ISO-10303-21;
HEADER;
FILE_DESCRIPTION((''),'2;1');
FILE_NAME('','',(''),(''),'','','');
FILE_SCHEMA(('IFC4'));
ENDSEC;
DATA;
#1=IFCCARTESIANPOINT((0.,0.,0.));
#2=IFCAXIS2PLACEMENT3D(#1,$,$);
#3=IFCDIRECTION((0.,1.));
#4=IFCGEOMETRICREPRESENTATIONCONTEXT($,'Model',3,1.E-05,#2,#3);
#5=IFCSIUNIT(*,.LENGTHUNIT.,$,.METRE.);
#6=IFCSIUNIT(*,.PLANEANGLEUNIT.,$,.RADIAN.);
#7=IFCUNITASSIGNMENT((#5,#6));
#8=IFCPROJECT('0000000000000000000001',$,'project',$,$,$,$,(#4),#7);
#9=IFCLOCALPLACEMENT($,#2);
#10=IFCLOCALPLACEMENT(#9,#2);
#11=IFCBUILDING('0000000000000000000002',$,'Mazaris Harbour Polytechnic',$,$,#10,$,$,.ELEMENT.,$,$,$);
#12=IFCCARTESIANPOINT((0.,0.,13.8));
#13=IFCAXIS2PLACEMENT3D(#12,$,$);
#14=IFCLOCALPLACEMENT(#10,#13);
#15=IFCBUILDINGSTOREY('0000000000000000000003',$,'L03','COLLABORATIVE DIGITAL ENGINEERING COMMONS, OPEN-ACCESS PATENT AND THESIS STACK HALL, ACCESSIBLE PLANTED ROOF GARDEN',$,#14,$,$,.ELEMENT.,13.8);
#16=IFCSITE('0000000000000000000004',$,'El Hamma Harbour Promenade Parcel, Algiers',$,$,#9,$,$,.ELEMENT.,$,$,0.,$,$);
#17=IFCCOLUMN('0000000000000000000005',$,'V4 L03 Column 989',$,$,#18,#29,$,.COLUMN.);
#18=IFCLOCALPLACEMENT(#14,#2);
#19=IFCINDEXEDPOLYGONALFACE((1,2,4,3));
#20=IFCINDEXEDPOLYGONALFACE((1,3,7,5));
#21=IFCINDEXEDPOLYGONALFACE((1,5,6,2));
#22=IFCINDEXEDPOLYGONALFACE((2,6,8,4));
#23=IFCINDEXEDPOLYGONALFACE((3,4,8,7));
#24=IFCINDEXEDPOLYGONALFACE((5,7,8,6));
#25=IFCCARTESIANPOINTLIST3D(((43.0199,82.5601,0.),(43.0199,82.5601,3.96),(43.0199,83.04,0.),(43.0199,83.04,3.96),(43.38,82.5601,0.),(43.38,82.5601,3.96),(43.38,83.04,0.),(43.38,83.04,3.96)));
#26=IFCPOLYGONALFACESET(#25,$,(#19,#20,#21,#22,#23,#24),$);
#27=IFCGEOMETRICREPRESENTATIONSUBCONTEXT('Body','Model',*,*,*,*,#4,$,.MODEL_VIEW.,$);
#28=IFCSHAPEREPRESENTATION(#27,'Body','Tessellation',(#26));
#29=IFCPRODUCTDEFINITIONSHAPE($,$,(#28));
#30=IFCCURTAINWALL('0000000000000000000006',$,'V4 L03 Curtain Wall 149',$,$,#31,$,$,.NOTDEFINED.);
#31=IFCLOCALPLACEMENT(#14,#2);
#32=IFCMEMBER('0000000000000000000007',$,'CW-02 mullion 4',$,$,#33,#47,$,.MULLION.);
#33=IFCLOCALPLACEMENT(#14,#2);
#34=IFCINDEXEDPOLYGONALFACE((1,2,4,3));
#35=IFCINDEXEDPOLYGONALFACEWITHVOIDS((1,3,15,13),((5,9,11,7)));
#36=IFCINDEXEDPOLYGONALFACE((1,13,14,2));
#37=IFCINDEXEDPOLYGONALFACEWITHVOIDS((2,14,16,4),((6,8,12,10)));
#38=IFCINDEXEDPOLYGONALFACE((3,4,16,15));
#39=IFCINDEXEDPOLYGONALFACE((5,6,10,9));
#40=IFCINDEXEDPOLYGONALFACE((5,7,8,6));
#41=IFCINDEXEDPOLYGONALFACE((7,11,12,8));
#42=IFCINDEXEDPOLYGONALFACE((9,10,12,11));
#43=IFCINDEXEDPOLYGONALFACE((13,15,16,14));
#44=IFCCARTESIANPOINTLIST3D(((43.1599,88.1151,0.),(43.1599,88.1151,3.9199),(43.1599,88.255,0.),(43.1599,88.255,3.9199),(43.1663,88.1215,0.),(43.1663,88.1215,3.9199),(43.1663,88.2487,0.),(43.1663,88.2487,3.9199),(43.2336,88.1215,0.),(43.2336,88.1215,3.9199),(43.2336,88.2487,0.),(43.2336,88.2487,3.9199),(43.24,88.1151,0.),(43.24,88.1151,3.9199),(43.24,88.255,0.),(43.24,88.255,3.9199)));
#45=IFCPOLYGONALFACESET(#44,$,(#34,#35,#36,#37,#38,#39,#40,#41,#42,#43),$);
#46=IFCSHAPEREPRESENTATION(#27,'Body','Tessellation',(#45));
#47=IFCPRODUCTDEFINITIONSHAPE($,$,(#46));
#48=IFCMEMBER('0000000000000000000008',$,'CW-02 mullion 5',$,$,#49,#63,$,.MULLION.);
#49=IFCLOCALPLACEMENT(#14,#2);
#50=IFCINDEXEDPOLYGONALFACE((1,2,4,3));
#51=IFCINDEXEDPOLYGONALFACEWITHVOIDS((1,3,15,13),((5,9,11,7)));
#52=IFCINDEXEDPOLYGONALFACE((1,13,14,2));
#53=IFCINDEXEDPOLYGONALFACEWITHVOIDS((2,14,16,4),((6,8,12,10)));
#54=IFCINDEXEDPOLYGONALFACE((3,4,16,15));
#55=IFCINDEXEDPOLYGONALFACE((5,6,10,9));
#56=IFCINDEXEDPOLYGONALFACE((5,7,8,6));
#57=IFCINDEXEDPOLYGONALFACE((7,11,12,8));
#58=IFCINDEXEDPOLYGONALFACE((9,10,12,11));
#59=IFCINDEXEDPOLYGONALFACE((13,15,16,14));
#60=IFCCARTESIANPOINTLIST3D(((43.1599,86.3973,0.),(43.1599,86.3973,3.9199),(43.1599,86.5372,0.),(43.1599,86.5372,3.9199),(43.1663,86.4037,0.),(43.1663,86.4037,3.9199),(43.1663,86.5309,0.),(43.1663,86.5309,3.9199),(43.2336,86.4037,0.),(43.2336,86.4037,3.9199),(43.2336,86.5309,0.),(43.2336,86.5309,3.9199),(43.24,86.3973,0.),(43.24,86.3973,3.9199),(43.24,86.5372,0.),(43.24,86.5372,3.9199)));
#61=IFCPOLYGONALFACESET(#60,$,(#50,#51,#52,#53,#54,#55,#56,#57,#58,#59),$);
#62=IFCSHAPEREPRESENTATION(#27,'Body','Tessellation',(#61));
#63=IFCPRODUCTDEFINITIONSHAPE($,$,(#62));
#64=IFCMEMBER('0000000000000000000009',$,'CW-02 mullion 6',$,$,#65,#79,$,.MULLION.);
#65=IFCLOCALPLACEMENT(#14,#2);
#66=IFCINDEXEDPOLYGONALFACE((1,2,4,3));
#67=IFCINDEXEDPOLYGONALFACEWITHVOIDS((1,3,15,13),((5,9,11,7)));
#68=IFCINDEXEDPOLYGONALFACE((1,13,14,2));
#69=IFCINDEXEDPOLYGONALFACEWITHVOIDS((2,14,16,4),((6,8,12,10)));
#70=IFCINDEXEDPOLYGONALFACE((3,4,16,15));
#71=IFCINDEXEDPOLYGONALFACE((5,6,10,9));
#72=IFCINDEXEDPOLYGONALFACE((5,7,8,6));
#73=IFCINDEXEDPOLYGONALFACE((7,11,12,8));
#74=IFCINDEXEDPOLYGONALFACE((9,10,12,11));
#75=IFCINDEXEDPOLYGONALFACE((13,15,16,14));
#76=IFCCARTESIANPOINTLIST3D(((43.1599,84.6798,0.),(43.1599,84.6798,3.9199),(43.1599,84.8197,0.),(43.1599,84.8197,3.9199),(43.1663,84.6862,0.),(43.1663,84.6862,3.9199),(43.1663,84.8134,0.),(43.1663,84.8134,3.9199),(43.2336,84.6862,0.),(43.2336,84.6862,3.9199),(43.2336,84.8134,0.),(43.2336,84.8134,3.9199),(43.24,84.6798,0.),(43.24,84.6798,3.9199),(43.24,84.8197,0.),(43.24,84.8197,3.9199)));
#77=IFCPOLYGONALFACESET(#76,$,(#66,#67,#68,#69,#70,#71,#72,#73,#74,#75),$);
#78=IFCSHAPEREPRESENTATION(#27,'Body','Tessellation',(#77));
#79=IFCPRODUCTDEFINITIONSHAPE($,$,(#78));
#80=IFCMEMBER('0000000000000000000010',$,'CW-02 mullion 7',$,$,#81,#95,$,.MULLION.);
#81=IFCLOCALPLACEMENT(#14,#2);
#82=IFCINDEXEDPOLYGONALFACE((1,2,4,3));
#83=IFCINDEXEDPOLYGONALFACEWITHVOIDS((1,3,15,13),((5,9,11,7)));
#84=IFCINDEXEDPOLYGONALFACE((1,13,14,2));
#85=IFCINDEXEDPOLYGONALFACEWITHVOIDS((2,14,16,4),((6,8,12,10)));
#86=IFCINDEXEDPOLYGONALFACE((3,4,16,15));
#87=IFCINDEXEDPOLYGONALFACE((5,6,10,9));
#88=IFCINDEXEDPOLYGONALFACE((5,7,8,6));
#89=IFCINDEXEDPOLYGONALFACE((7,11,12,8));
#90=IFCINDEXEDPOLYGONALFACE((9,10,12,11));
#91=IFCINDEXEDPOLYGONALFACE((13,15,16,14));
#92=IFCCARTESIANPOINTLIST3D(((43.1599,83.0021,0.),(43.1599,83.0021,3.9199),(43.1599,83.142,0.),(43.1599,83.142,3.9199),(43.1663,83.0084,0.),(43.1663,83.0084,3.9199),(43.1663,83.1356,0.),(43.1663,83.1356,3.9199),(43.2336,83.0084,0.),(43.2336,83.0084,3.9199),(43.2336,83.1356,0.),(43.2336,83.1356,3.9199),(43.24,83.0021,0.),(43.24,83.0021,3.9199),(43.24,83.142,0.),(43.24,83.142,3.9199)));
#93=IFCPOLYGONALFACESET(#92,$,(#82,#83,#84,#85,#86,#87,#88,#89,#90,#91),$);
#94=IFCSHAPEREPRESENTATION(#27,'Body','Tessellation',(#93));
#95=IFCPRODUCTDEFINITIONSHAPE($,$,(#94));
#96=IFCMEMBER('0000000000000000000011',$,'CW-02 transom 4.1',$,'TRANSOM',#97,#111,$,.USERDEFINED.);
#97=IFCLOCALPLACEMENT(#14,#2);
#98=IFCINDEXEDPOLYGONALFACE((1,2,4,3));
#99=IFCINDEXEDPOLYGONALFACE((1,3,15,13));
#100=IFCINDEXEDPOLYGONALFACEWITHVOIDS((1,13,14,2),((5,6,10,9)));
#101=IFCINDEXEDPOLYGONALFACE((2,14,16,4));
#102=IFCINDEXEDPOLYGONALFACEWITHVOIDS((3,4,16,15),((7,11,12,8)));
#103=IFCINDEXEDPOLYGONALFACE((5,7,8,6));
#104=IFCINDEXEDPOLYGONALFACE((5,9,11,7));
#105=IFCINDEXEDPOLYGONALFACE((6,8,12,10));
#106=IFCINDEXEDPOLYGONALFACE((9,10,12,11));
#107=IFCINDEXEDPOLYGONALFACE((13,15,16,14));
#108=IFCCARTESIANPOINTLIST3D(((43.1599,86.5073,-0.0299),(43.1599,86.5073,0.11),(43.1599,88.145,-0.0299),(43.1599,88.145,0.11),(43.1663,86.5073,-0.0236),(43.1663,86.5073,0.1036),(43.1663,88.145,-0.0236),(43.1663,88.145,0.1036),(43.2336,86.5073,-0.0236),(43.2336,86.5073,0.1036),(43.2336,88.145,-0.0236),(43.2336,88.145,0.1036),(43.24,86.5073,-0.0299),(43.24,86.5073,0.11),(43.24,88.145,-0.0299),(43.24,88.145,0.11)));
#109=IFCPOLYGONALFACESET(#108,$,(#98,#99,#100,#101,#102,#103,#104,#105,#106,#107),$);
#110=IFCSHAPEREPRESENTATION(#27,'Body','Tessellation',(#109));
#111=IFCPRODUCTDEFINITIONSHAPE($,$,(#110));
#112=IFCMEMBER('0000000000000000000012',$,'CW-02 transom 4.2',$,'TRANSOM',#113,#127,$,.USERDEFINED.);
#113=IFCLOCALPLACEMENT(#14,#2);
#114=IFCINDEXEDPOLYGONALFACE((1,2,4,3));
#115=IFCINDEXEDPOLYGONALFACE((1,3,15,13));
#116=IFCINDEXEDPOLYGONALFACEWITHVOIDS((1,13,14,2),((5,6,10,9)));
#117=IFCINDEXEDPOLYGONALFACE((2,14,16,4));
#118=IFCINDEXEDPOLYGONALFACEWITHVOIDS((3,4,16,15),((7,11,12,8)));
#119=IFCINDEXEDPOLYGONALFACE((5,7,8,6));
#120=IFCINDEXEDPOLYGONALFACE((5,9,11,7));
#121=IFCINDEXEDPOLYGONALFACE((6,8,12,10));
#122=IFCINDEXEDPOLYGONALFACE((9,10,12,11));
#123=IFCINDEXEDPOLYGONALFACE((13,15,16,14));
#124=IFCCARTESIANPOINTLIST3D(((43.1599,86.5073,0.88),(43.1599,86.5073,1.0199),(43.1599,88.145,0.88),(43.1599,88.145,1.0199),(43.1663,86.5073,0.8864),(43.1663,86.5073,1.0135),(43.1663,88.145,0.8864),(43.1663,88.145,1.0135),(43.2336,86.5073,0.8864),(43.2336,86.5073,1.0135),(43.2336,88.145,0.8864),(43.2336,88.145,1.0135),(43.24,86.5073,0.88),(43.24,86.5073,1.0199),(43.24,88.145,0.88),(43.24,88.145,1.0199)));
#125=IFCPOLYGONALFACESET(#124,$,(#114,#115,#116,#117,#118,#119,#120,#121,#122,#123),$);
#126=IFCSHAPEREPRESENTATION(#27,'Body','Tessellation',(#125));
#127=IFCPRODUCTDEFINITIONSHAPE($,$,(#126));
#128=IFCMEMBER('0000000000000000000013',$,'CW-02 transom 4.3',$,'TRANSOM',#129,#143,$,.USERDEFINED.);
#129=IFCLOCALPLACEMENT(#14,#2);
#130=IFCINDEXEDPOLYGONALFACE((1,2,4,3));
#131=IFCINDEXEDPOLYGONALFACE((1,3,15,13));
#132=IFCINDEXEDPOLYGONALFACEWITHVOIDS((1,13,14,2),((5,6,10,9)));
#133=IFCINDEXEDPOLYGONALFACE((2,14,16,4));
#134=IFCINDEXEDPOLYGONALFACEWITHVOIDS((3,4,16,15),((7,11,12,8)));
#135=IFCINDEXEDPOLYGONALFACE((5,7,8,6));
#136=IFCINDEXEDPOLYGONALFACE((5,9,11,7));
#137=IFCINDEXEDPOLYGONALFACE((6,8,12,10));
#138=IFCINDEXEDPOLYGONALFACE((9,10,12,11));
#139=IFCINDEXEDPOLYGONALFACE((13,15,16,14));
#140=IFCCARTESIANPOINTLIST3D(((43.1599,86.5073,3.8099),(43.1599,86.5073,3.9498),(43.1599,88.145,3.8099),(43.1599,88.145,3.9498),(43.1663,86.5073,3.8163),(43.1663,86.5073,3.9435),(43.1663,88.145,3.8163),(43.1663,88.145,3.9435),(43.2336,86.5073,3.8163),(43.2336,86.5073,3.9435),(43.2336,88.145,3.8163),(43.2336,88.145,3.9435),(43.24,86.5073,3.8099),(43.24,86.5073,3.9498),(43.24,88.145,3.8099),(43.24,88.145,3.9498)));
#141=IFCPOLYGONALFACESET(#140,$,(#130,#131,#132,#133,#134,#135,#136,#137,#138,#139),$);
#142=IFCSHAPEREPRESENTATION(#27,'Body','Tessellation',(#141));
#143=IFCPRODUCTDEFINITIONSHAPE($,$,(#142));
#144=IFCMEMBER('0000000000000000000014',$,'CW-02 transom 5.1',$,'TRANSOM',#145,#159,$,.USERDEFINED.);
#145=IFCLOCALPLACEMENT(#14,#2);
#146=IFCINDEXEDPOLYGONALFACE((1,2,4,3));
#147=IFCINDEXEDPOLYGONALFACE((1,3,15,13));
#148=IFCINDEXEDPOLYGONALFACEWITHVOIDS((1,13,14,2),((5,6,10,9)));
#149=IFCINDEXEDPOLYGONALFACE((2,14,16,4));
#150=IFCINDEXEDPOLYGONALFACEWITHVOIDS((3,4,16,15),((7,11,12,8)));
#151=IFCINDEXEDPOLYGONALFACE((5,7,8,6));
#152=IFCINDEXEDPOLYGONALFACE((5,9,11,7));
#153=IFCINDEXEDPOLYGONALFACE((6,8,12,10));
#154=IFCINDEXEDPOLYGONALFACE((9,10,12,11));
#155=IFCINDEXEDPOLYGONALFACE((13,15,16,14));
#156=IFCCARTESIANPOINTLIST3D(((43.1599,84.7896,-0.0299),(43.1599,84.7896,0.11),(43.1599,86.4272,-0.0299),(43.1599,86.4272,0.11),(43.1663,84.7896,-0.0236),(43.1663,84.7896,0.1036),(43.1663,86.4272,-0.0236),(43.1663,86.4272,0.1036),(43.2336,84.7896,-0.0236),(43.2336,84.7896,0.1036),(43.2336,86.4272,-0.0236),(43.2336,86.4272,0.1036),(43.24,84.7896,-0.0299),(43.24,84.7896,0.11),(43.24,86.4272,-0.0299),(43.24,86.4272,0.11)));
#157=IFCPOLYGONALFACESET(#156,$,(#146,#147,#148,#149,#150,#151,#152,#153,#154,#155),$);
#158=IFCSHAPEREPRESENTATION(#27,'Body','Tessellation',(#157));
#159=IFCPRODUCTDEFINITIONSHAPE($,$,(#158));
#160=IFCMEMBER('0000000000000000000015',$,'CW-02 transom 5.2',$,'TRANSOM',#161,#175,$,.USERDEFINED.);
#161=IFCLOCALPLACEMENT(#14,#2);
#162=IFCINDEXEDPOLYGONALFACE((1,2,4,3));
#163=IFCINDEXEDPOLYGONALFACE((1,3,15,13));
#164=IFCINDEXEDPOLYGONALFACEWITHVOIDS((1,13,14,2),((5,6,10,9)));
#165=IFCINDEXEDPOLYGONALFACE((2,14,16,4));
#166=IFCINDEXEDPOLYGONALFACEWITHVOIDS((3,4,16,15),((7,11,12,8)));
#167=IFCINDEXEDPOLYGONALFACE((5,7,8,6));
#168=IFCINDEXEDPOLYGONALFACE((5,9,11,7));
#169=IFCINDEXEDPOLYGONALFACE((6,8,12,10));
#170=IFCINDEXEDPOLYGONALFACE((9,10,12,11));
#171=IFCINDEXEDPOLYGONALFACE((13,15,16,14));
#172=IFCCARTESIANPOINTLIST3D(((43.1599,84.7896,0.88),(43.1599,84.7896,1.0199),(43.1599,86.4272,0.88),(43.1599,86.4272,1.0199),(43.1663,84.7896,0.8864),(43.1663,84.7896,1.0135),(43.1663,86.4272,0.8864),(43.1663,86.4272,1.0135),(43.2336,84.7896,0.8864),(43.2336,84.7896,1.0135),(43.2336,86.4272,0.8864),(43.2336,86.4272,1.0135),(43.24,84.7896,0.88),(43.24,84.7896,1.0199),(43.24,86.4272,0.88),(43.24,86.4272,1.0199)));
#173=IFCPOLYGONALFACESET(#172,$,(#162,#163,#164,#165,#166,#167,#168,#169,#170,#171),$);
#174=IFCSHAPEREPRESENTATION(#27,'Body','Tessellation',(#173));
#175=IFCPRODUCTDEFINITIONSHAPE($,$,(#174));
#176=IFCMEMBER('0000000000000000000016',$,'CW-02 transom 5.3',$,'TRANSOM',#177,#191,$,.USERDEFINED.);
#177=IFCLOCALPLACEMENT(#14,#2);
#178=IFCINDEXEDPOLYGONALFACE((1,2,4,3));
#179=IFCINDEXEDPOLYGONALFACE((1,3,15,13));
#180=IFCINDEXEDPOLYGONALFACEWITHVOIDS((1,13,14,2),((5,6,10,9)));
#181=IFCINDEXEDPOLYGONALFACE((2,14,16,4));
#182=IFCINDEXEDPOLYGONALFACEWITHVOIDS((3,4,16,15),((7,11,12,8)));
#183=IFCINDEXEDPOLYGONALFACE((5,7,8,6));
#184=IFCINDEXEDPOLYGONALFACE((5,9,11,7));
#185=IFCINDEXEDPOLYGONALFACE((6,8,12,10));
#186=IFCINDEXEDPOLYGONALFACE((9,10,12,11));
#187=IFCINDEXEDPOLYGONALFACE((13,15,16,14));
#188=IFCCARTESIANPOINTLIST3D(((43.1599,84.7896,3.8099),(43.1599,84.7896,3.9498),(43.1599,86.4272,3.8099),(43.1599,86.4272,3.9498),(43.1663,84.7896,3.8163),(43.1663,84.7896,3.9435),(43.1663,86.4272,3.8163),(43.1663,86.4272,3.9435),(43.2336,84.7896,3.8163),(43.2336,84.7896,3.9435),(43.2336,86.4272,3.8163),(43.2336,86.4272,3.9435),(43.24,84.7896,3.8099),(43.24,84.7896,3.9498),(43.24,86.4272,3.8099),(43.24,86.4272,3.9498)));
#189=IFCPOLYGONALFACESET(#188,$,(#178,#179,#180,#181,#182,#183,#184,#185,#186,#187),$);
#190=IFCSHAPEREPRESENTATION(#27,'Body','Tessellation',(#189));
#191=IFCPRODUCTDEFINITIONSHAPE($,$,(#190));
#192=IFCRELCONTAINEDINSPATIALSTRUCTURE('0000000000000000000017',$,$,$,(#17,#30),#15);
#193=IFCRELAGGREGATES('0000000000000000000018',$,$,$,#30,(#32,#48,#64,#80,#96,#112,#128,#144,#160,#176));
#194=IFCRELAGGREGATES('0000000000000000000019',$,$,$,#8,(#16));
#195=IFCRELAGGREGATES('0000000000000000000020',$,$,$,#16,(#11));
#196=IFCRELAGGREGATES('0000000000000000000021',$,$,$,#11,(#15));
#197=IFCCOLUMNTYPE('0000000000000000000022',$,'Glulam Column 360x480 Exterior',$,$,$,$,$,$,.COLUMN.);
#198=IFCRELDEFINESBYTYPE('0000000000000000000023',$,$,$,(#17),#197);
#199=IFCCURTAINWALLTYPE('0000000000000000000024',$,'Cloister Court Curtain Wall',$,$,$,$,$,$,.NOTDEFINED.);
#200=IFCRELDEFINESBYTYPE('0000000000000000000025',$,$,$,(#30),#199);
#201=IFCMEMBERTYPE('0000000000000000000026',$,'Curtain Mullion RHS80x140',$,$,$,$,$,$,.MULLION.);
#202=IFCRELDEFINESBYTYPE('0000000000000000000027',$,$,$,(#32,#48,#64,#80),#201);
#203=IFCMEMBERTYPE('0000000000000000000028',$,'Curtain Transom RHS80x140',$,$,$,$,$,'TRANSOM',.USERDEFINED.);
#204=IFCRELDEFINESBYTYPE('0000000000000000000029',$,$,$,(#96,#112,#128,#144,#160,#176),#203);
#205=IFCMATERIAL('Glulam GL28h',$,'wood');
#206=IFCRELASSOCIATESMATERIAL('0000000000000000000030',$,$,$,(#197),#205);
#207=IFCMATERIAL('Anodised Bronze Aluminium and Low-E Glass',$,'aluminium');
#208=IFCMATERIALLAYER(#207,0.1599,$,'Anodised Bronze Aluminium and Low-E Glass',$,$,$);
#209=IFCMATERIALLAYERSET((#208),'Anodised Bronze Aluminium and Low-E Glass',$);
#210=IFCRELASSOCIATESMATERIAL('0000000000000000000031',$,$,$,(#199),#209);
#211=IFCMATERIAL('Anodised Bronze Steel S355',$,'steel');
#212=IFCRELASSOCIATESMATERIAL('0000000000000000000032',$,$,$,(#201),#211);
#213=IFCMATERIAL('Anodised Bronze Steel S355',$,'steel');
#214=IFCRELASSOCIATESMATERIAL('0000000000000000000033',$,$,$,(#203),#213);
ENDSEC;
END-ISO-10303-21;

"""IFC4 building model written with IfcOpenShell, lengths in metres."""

from ifc_helpers import new_model, si_unit, direction, frame, origin, origin_2d, place, context, subcontext, project, spatial, rectangle, hollow_rectangle, extrude, material, layer, layer_set, material_profile, profile_set, type_object, element, aggregate, save


model = new_model("IFC4")

# Units and contexts
model_context = context("Model", 3, precision=1e-05, world=origin(), true_north=direction((0.0, 1.0)))
body_context = subcontext(model_context, "Body", "Model", "MODEL_VIEW")
ifc_project = project(units=[si_unit("LENGTHUNIT", "METRE"), si_unit("PLANEANGLEUNIT", "RADIAN")], contexts=[model_context])

# Site, building, storey
site_placement = place(None, origin())
site = spatial("IfcSite", under=ifc_project, at=site_placement, Name="El Hamma Harbour Promenade Parcel, Algiers", CompositionType="ELEMENT", RefElevation=0.0)
building_placement = place(site_placement, origin())
building = spatial("IfcBuilding", under=site, at=building_placement, Name="Mazaris Harbour Polytechnic", CompositionType="ELEMENT")
storey_placement = place(building_placement, frame((0.0, 0.0, 13.8)))
storey = spatial("IfcBuildingStorey", under=building, at=storey_placement, Name="L03", Description="COLLABORATIVE DIGITAL ENGINEERING COMMONS, OPEN-ACCESS PATENT AND THESIS STACK HALL, ACCESSIBLE PLANTED ROOF GARDEN", CompositionType="ELEMENT", Elevation=13.8)

# Column
ifc_material_1 = material(Name="Glulam GL28h", Category="wood")
ifc_material_profile_1 = material_profile(ifc_material_1, rectangle(XDim=0.3601, YDim=0.48, at=origin_2d()), Name="RECT360x480")
ifc_profile_set_1 = profile_set([ifc_material_profile_1], Name="Glulam GL28h")
column_type = type_object("IfcColumnType", Name="Glulam Column 360x480 Exterior", PredefinedType="COLUMN", material=ifc_profile_set_1)
column_placement = place(storey_placement, frame((43.2, 82.8, 0.0), z_axis=(0.0, 0.0, 1.0), x_axis=(1.0, 0.0, 0.0)))
element("IfcColumn", 1, at=column_placement, inside=storey, type_object=column_type, Name="V4 L03 Column 989", PredefinedType="COLUMN", context=body_context, shape_type="SweptSolid", body=[
    extrude(rectangle(XDim=0.3601, YDim=0.48, at=origin_2d()), origin(), (0.0, 0.0, 1.0), 3.96),
])

# Curtain wall, members
ifc_material_2 = material(Name="Anodised Bronze Aluminium and Low-E Glass", Category="aluminium")
ifc_layer_1 = layer(ifc_material_2, 0.1599, Name="Anodised Bronze Aluminium and Low-E Glass")
ifc_layer_set_1 = layer_set([ifc_layer_1], Name="Anodised Bronze Aluminium and Low-E Glass")
curtain_wall_type = type_object("IfcCurtainWallType", Name="Cloister Court Curtain Wall", PredefinedType="NOTDEFINED", material=ifc_layer_set_1)
curtain_wall_placement = place(storey_placement, origin())
curtain_wall = element("IfcCurtainWall", 2, at=curtain_wall_placement, inside=storey, type_object=curtain_wall_type, Name="V4 L03 Curtain Wall 149", PredefinedType="NOTDEFINED")
ifc_material_3 = material(Name="Anodised Bronze Steel S355", Category="steel")
ifc_material_profile_2 = material_profile(ifc_material_3, hollow_rectangle(XDim=0.0801, YDim=0.1399, WallThickness=0.0063, at=origin_2d()), Name="RHS 80x140x6.3")
ifc_profile_set_2 = profile_set([ifc_material_profile_2], Name="Anodised Bronze Steel S355")
member_type_1 = type_object("IfcMemberType", Name="Curtain Mullion RHS80x140", PredefinedType="MULLION", material=ifc_profile_set_2)
member_1_placement = place(storey_placement, frame((43.2, 88.1851, 0.0), z_axis=(0.0, 0.0, 1.0), x_axis=(1.0, 0.0, 0.0)))
member_1 = element("IfcMember", 3, at=member_1_placement, type_object=member_type_1, Name="CW-02 mullion 4", PredefinedType="MULLION", context=body_context, shape_type="SweptSolid", body=[
    extrude(hollow_rectangle(XDim=0.0801, YDim=0.1399, WallThickness=0.0063, at=origin_2d()), origin(), (0.0, 0.0, 1.0), 3.9199),
])
member_2_placement = place(storey_placement, frame((43.2, 86.4673, 0.0), z_axis=(0.0, 0.0, 1.0), x_axis=(1.0, 0.0, 0.0)))
member_2 = element("IfcMember", 4, at=member_2_placement, type_object=member_type_1, Name="CW-02 mullion 5", PredefinedType="MULLION", context=body_context, shape_type="SweptSolid", body=[
    extrude(hollow_rectangle(XDim=0.0801, YDim=0.1399, WallThickness=0.0063, at=origin_2d()), origin(), (0.0, 0.0, 1.0), 3.9199),
])
member_3_placement = place(storey_placement, frame((43.2, 84.7498, 0.0), z_axis=(0.0, 0.0, 1.0), x_axis=(1.0, 0.0, 0.0)))
member_3 = element("IfcMember", 5, at=member_3_placement, type_object=member_type_1, Name="CW-02 mullion 6", PredefinedType="MULLION", context=body_context, shape_type="SweptSolid", body=[
    extrude(hollow_rectangle(XDim=0.0801, YDim=0.1399, WallThickness=0.0063, at=origin_2d()), origin(), (0.0, 0.0, 1.0), 3.9199),
])
member_4_placement = place(storey_placement, frame((43.2, 83.072, 0.0), z_axis=(0.0, 0.0, 1.0), x_axis=(1.0, 0.0, 0.0)))
member_4 = element("IfcMember", 6, at=member_4_placement, type_object=member_type_1, Name="CW-02 mullion 7", PredefinedType="MULLION", context=body_context, shape_type="SweptSolid", body=[
    extrude(hollow_rectangle(XDim=0.0801, YDim=0.1399, WallThickness=0.0063, at=origin_2d()), origin(), (0.0, 0.0, 1.0), 3.9199),
])
ifc_material_4 = material(Name="Anodised Bronze Steel S355", Category="steel")
ifc_material_profile_3 = material_profile(ifc_material_4, hollow_rectangle(XDim=0.0801, YDim=0.1399, WallThickness=0.0063, at=origin_2d()), Name="RHS 80x140x6.3")
ifc_profile_set_3 = profile_set([ifc_material_profile_3], Name="Anodised Bronze Steel S355")
member_type_2 = type_object("IfcMemberType", Name="Curtain Transom RHS80x140", ElementType="TRANSOM", PredefinedType="USERDEFINED", material=ifc_profile_set_3)
member_5_placement = place(storey_placement, frame((43.2, 88.145, 0.04), z_axis=(0.0, -1.0, 0.0), x_axis=(1.0, 0.0, 0.0)))
member_5 = element("IfcMember", 7, at=member_5_placement, type_object=member_type_2, Name="CW-02 transom 4.1", ObjectType="TRANSOM", PredefinedType="USERDEFINED", context=body_context, shape_type="SweptSolid", body=[
    extrude(hollow_rectangle(XDim=0.0801, YDim=0.1399, WallThickness=0.0063, at=origin_2d()), origin(), (0.0, 0.0, 1.0), 1.6377),
])
member_6_placement = place(storey_placement, frame((43.2, 88.145, 0.95), z_axis=(0.0, -1.0, 0.0), x_axis=(1.0, 0.0, 0.0)))
member_6 = element("IfcMember", 8, at=member_6_placement, type_object=member_type_2, Name="CW-02 transom 4.2", ObjectType="TRANSOM", PredefinedType="USERDEFINED", context=body_context, shape_type="SweptSolid", body=[
    extrude(hollow_rectangle(XDim=0.0801, YDim=0.1399, WallThickness=0.0063, at=origin_2d()), origin(), (0.0, 0.0, 1.0), 1.6377),
])
member_7_placement = place(storey_placement, frame((43.2, 88.145, 3.8799), z_axis=(0.0, -1.0, 0.0), x_axis=(1.0, 0.0, 0.0)))
member_7 = element("IfcMember", 9, at=member_7_placement, type_object=member_type_2, Name="CW-02 transom 4.3", ObjectType="TRANSOM", PredefinedType="USERDEFINED", context=body_context, shape_type="SweptSolid", body=[
    extrude(hollow_rectangle(XDim=0.0801, YDim=0.1399, WallThickness=0.0063, at=origin_2d()), origin(), (0.0, 0.0, 1.0), 1.6377),
])
member_8_placement = place(storey_placement, frame((43.2, 86.4272, 0.04), z_axis=(0.0, -1.0, 0.0), x_axis=(1.0, 0.0, 0.0)))
member_8 = element("IfcMember", 10, at=member_8_placement, type_object=member_type_2, Name="CW-02 transom 5.1", ObjectType="TRANSOM", PredefinedType="USERDEFINED", context=body_context, shape_type="SweptSolid", body=[
    extrude(hollow_rectangle(XDim=0.0801, YDim=0.1399, WallThickness=0.0063, at=origin_2d()), origin(), (0.0, 0.0, 1.0), 1.6377),
])
member_9_placement = place(storey_placement, frame((43.2, 86.4272, 0.95), z_axis=(0.0, -1.0, 0.0), x_axis=(1.0, 0.0, 0.0)))
member_9 = element("IfcMember", 11, at=member_9_placement, type_object=member_type_2, Name="CW-02 transom 5.2", ObjectType="TRANSOM", PredefinedType="USERDEFINED", context=body_context, shape_type="SweptSolid", body=[
    extrude(hollow_rectangle(XDim=0.0801, YDim=0.1399, WallThickness=0.0063, at=origin_2d()), origin(), (0.0, 0.0, 1.0), 1.6377),
])
member_10_placement = place(storey_placement, frame((43.2, 86.4272, 3.8799), z_axis=(0.0, -1.0, 0.0), x_axis=(1.0, 0.0, 0.0)))
member_10 = element("IfcMember", 12, at=member_10_placement, type_object=member_type_2, Name="CW-02 transom 5.3", ObjectType="TRANSOM", PredefinedType="USERDEFINED", context=body_context, shape_type="SweptSolid", body=[
    extrude(hollow_rectangle(XDim=0.0801, YDim=0.1399, WallThickness=0.0063, at=origin_2d()), origin(), (0.0, 0.0, 1.0), 1.6377),
])
aggregate(curtain_wall, [member_1, member_2, member_3, member_4, member_5, member_6, member_7, member_8, member_9, member_10])

save(model, "model.ifc")
